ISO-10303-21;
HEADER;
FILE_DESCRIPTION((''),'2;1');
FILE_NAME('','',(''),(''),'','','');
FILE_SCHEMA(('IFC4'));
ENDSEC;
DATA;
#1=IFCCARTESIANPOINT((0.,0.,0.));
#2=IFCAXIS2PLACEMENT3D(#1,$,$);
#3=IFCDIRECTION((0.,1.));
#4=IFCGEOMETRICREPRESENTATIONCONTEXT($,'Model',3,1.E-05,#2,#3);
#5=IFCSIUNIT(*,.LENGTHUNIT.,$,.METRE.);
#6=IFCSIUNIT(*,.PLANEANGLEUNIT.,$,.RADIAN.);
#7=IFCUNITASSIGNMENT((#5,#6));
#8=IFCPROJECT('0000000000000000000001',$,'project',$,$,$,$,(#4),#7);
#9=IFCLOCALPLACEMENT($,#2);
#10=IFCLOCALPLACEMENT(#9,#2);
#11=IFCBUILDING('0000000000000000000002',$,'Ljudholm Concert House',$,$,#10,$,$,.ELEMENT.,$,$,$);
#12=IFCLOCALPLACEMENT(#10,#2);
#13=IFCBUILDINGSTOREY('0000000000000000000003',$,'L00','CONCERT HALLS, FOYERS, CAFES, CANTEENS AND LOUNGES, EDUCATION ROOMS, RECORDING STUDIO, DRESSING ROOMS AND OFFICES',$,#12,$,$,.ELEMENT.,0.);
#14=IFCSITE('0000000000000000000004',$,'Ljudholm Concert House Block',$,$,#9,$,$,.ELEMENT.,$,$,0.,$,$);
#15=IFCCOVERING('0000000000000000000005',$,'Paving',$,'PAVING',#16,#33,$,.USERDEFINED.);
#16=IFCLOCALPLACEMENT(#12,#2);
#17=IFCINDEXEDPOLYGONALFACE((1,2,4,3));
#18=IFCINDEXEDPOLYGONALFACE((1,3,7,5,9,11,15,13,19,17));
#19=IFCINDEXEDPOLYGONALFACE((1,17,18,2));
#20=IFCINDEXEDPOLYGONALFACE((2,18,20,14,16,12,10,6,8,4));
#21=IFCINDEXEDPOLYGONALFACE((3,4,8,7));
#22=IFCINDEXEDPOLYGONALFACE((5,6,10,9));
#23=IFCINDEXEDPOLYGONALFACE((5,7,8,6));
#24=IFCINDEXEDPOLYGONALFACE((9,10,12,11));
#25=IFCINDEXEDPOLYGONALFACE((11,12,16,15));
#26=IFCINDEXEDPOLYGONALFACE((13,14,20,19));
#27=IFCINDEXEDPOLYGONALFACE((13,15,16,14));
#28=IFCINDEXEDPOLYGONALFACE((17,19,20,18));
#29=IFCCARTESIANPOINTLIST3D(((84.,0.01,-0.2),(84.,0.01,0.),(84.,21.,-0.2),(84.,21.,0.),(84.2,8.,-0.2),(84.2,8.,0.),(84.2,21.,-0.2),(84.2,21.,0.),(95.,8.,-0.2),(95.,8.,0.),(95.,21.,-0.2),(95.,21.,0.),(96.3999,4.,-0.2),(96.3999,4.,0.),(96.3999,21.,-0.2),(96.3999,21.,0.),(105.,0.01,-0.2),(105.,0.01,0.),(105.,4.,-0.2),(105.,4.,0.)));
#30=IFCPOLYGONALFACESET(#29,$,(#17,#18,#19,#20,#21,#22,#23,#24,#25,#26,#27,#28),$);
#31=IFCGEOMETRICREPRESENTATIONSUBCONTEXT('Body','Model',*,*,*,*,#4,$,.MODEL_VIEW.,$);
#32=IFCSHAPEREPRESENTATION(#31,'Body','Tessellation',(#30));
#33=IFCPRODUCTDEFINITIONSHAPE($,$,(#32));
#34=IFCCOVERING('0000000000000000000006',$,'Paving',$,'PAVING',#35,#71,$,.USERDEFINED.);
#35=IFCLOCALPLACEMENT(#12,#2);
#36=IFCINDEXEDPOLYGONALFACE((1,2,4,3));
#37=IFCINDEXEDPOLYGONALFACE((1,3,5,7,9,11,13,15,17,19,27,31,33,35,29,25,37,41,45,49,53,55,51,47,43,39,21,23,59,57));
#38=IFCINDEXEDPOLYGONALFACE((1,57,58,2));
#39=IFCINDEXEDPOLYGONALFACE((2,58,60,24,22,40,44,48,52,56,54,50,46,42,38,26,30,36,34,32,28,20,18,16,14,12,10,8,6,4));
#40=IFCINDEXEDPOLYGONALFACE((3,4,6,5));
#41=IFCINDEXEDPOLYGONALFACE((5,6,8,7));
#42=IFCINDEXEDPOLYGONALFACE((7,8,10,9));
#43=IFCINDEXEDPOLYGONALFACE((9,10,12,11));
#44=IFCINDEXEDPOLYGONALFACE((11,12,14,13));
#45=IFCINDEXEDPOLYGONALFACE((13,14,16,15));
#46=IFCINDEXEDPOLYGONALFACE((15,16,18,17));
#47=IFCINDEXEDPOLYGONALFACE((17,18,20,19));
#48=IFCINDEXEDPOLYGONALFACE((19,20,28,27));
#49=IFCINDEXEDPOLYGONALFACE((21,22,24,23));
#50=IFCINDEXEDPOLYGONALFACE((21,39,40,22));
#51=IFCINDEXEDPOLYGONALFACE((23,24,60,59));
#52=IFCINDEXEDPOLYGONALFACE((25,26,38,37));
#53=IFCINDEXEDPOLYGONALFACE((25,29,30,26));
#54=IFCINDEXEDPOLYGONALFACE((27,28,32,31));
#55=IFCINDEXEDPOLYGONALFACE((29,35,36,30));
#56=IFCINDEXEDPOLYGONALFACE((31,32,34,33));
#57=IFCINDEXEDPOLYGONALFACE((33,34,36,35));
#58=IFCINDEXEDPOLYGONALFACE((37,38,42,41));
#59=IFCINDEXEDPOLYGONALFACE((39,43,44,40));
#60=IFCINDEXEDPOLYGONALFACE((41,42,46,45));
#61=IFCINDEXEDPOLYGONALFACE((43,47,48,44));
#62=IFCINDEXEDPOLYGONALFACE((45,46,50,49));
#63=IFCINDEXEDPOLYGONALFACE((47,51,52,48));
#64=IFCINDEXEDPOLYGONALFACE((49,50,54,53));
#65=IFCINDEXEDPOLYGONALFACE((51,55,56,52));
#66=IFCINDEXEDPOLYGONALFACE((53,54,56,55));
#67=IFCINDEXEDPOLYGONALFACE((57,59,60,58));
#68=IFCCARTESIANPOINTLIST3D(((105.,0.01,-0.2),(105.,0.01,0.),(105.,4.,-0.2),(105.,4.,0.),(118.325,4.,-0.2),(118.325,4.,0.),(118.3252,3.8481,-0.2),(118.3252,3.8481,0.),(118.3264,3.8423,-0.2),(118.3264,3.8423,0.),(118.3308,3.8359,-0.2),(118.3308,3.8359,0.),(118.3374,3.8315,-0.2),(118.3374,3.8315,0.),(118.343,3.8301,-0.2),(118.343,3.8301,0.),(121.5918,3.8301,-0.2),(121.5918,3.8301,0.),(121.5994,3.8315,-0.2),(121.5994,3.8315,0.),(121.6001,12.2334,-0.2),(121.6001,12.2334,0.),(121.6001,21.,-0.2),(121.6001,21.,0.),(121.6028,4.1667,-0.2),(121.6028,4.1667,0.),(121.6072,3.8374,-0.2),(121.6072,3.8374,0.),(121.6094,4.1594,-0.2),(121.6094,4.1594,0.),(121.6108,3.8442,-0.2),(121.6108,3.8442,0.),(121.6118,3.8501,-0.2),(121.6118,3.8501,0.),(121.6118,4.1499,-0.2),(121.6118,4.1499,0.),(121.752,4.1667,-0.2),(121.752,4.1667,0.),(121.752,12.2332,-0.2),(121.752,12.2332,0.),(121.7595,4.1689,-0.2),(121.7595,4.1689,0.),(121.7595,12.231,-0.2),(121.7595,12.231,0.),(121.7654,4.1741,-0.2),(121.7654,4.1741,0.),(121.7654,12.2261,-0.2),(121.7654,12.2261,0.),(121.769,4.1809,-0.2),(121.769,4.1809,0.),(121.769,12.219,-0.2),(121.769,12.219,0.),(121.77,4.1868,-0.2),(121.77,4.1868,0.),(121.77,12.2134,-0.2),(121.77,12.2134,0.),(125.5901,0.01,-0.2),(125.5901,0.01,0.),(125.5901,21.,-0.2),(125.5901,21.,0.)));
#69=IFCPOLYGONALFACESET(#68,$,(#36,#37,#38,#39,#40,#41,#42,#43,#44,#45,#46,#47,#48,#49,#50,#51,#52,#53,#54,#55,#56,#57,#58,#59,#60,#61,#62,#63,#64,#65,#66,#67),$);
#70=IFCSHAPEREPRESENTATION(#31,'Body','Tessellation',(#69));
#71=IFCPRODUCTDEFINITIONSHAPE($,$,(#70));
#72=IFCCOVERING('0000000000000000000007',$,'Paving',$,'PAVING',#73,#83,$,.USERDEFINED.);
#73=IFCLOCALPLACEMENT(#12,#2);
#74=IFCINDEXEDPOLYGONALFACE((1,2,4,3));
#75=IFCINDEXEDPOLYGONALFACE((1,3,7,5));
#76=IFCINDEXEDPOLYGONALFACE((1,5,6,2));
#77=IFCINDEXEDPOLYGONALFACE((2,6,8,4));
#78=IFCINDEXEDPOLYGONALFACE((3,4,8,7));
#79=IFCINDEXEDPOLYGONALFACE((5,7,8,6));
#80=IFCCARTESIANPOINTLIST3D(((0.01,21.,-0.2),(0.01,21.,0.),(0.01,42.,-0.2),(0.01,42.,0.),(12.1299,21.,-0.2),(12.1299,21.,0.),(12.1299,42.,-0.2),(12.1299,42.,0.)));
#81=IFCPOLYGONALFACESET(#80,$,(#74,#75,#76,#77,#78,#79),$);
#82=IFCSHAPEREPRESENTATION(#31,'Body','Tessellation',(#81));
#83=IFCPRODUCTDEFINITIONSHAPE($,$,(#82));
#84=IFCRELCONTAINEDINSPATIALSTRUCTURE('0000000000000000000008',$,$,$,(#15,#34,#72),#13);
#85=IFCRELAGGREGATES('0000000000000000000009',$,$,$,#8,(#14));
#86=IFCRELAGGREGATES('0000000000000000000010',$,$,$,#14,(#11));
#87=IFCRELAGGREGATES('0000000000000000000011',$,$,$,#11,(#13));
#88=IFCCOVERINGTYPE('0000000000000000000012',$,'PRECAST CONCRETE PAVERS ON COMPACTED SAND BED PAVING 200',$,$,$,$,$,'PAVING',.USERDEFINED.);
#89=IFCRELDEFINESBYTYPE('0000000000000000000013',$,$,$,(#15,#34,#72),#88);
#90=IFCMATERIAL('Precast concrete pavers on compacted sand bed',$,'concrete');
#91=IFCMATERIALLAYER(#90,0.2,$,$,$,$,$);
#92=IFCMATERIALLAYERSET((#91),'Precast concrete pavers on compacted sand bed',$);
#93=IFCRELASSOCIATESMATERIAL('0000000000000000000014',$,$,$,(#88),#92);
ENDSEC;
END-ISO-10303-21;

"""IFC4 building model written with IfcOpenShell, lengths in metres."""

from ifc_helpers import new_model, si_unit, direction, frame, origin, place, context, subcontext, project, spatial, polyline, outline, extrude, material, layer, layer_set, type_object, element, save


model = new_model("IFC4")

# Units and contexts
model_context = context("Model", 3, precision=1e-05, world=origin(), true_north=direction((0.0, 1.0)))
body_context = subcontext(model_context, "Body", "Model", "MODEL_VIEW")
ifc_project = project(units=[si_unit("LENGTHUNIT", "METRE"), si_unit("PLANEANGLEUNIT", "RADIAN")], contexts=[model_context])

# Site, building, storey
site_placement = place(None, origin())
site = spatial("IfcSite", under=ifc_project, at=site_placement, Name="Ljudholm Concert House Block", CompositionType="ELEMENT", RefElevation=0.0)
building_placement = place(site_placement, origin())
building = spatial("IfcBuilding", under=site, at=building_placement, Name="Ljudholm Concert House", CompositionType="ELEMENT")
storey_placement = place(building_placement, origin())
storey = spatial("IfcBuildingStorey", under=building, at=storey_placement, Name="L00", Description="CONCERT HALLS, FOYERS, CAFES, CANTEENS AND LOUNGES, EDUCATION ROOMS, RECORDING STUDIO, DRESSING ROOMS AND OFFICES", CompositionType="ELEMENT", Elevation=0.0)

# Coverings
ifc_material_1 = material(Name="Precast concrete pavers on compacted sand bed", Category="concrete")
ifc_layer_1 = layer(ifc_material_1, 0.2)
ifc_layer_set_1 = layer_set([ifc_layer_1], Name="Precast concrete pavers on compacted sand bed")
covering_type_1 = type_object("IfcCoveringType", Name="PRECAST CONCRETE PAVERS ON COMPACTED SAND BED PAVING 200", ElementType="PAVING", PredefinedType="USERDEFINED", material=ifc_layer_set_1)
covering_1_placement = place(storey_placement, frame((0.0, 0.0, -0.2)))
element("IfcCovering", 1, at=covering_1_placement, inside=storey, type_object=covering_type_1, Name="Paving", ObjectType="PAVING", PredefinedType="USERDEFINED", context=body_context, shape_type="SweptSolid", body=[
    extrude(outline(polyline([(84.0, 0.01), (84.0, 21.0), (84.2, 21.0), (84.2, 8.0), (95.0, 8.0), (95.0, 21.0), (96.3999, 21.0), (96.3999, 4.0), (105.0, 4.0), (105.0, 0.01), (84.0, 0.01)])), origin(), (0.0, 0.0, 1.0), 0.2),
])
covering_2_placement = place(storey_placement, frame((0.0, 0.0, -0.2)))
element("IfcCovering", 2, at=covering_2_placement, inside=storey, type_object=covering_type_1, Name="Paving", ObjectType="PAVING", PredefinedType="USERDEFINED", context=body_context, shape_type="SweptSolid", body=[
    extrude(outline(polyline([(125.5901, 0.01), (105.0, 0.01), (105.0, 4.0), (118.325, 4.0), (118.3252, 3.8481), (118.3264, 3.8423), (118.3308, 3.8359), (118.3374, 3.8315), (118.343, 3.8301), (121.5918, 3.8301), (121.5994, 3.8315), (121.6072, 3.8374), (121.6108, 3.8442), (121.6118, 3.8501), (121.6118, 4.1499), (121.6094, 4.1594), (121.6028, 4.1667), (121.752, 4.1667), (121.7595, 4.1689), (121.7654, 4.1741), (121.769, 4.1809), (121.77, 4.1868), (121.77, 12.2134), (121.769, 12.219), (121.7654, 12.2261), (121.7595, 12.231), (121.752, 12.2332), (121.6001, 12.2334), (121.6001, 21.0), (125.5901, 21.0), (125.5901, 0.01)])), origin(), (0.0, 0.0, 1.0), 0.2),
])
covering_3_placement = place(storey_placement, frame((0.0, 0.0, -0.2)))
element("IfcCovering", 3, at=covering_3_placement, inside=storey, type_object=covering_type_1, Name="Paving", ObjectType="PAVING", PredefinedType="USERDEFINED", context=body_context, shape_type="SweptSolid", body=[
    extrude(outline(polyline([(0.01, 42.0), (12.1299, 42.0), (12.1299, 21.0), (0.01, 21.0), (0.01, 42.0)])), origin(), (0.0, 0.0, 1.0), 0.2),
])

save(model, "model.ifc")
